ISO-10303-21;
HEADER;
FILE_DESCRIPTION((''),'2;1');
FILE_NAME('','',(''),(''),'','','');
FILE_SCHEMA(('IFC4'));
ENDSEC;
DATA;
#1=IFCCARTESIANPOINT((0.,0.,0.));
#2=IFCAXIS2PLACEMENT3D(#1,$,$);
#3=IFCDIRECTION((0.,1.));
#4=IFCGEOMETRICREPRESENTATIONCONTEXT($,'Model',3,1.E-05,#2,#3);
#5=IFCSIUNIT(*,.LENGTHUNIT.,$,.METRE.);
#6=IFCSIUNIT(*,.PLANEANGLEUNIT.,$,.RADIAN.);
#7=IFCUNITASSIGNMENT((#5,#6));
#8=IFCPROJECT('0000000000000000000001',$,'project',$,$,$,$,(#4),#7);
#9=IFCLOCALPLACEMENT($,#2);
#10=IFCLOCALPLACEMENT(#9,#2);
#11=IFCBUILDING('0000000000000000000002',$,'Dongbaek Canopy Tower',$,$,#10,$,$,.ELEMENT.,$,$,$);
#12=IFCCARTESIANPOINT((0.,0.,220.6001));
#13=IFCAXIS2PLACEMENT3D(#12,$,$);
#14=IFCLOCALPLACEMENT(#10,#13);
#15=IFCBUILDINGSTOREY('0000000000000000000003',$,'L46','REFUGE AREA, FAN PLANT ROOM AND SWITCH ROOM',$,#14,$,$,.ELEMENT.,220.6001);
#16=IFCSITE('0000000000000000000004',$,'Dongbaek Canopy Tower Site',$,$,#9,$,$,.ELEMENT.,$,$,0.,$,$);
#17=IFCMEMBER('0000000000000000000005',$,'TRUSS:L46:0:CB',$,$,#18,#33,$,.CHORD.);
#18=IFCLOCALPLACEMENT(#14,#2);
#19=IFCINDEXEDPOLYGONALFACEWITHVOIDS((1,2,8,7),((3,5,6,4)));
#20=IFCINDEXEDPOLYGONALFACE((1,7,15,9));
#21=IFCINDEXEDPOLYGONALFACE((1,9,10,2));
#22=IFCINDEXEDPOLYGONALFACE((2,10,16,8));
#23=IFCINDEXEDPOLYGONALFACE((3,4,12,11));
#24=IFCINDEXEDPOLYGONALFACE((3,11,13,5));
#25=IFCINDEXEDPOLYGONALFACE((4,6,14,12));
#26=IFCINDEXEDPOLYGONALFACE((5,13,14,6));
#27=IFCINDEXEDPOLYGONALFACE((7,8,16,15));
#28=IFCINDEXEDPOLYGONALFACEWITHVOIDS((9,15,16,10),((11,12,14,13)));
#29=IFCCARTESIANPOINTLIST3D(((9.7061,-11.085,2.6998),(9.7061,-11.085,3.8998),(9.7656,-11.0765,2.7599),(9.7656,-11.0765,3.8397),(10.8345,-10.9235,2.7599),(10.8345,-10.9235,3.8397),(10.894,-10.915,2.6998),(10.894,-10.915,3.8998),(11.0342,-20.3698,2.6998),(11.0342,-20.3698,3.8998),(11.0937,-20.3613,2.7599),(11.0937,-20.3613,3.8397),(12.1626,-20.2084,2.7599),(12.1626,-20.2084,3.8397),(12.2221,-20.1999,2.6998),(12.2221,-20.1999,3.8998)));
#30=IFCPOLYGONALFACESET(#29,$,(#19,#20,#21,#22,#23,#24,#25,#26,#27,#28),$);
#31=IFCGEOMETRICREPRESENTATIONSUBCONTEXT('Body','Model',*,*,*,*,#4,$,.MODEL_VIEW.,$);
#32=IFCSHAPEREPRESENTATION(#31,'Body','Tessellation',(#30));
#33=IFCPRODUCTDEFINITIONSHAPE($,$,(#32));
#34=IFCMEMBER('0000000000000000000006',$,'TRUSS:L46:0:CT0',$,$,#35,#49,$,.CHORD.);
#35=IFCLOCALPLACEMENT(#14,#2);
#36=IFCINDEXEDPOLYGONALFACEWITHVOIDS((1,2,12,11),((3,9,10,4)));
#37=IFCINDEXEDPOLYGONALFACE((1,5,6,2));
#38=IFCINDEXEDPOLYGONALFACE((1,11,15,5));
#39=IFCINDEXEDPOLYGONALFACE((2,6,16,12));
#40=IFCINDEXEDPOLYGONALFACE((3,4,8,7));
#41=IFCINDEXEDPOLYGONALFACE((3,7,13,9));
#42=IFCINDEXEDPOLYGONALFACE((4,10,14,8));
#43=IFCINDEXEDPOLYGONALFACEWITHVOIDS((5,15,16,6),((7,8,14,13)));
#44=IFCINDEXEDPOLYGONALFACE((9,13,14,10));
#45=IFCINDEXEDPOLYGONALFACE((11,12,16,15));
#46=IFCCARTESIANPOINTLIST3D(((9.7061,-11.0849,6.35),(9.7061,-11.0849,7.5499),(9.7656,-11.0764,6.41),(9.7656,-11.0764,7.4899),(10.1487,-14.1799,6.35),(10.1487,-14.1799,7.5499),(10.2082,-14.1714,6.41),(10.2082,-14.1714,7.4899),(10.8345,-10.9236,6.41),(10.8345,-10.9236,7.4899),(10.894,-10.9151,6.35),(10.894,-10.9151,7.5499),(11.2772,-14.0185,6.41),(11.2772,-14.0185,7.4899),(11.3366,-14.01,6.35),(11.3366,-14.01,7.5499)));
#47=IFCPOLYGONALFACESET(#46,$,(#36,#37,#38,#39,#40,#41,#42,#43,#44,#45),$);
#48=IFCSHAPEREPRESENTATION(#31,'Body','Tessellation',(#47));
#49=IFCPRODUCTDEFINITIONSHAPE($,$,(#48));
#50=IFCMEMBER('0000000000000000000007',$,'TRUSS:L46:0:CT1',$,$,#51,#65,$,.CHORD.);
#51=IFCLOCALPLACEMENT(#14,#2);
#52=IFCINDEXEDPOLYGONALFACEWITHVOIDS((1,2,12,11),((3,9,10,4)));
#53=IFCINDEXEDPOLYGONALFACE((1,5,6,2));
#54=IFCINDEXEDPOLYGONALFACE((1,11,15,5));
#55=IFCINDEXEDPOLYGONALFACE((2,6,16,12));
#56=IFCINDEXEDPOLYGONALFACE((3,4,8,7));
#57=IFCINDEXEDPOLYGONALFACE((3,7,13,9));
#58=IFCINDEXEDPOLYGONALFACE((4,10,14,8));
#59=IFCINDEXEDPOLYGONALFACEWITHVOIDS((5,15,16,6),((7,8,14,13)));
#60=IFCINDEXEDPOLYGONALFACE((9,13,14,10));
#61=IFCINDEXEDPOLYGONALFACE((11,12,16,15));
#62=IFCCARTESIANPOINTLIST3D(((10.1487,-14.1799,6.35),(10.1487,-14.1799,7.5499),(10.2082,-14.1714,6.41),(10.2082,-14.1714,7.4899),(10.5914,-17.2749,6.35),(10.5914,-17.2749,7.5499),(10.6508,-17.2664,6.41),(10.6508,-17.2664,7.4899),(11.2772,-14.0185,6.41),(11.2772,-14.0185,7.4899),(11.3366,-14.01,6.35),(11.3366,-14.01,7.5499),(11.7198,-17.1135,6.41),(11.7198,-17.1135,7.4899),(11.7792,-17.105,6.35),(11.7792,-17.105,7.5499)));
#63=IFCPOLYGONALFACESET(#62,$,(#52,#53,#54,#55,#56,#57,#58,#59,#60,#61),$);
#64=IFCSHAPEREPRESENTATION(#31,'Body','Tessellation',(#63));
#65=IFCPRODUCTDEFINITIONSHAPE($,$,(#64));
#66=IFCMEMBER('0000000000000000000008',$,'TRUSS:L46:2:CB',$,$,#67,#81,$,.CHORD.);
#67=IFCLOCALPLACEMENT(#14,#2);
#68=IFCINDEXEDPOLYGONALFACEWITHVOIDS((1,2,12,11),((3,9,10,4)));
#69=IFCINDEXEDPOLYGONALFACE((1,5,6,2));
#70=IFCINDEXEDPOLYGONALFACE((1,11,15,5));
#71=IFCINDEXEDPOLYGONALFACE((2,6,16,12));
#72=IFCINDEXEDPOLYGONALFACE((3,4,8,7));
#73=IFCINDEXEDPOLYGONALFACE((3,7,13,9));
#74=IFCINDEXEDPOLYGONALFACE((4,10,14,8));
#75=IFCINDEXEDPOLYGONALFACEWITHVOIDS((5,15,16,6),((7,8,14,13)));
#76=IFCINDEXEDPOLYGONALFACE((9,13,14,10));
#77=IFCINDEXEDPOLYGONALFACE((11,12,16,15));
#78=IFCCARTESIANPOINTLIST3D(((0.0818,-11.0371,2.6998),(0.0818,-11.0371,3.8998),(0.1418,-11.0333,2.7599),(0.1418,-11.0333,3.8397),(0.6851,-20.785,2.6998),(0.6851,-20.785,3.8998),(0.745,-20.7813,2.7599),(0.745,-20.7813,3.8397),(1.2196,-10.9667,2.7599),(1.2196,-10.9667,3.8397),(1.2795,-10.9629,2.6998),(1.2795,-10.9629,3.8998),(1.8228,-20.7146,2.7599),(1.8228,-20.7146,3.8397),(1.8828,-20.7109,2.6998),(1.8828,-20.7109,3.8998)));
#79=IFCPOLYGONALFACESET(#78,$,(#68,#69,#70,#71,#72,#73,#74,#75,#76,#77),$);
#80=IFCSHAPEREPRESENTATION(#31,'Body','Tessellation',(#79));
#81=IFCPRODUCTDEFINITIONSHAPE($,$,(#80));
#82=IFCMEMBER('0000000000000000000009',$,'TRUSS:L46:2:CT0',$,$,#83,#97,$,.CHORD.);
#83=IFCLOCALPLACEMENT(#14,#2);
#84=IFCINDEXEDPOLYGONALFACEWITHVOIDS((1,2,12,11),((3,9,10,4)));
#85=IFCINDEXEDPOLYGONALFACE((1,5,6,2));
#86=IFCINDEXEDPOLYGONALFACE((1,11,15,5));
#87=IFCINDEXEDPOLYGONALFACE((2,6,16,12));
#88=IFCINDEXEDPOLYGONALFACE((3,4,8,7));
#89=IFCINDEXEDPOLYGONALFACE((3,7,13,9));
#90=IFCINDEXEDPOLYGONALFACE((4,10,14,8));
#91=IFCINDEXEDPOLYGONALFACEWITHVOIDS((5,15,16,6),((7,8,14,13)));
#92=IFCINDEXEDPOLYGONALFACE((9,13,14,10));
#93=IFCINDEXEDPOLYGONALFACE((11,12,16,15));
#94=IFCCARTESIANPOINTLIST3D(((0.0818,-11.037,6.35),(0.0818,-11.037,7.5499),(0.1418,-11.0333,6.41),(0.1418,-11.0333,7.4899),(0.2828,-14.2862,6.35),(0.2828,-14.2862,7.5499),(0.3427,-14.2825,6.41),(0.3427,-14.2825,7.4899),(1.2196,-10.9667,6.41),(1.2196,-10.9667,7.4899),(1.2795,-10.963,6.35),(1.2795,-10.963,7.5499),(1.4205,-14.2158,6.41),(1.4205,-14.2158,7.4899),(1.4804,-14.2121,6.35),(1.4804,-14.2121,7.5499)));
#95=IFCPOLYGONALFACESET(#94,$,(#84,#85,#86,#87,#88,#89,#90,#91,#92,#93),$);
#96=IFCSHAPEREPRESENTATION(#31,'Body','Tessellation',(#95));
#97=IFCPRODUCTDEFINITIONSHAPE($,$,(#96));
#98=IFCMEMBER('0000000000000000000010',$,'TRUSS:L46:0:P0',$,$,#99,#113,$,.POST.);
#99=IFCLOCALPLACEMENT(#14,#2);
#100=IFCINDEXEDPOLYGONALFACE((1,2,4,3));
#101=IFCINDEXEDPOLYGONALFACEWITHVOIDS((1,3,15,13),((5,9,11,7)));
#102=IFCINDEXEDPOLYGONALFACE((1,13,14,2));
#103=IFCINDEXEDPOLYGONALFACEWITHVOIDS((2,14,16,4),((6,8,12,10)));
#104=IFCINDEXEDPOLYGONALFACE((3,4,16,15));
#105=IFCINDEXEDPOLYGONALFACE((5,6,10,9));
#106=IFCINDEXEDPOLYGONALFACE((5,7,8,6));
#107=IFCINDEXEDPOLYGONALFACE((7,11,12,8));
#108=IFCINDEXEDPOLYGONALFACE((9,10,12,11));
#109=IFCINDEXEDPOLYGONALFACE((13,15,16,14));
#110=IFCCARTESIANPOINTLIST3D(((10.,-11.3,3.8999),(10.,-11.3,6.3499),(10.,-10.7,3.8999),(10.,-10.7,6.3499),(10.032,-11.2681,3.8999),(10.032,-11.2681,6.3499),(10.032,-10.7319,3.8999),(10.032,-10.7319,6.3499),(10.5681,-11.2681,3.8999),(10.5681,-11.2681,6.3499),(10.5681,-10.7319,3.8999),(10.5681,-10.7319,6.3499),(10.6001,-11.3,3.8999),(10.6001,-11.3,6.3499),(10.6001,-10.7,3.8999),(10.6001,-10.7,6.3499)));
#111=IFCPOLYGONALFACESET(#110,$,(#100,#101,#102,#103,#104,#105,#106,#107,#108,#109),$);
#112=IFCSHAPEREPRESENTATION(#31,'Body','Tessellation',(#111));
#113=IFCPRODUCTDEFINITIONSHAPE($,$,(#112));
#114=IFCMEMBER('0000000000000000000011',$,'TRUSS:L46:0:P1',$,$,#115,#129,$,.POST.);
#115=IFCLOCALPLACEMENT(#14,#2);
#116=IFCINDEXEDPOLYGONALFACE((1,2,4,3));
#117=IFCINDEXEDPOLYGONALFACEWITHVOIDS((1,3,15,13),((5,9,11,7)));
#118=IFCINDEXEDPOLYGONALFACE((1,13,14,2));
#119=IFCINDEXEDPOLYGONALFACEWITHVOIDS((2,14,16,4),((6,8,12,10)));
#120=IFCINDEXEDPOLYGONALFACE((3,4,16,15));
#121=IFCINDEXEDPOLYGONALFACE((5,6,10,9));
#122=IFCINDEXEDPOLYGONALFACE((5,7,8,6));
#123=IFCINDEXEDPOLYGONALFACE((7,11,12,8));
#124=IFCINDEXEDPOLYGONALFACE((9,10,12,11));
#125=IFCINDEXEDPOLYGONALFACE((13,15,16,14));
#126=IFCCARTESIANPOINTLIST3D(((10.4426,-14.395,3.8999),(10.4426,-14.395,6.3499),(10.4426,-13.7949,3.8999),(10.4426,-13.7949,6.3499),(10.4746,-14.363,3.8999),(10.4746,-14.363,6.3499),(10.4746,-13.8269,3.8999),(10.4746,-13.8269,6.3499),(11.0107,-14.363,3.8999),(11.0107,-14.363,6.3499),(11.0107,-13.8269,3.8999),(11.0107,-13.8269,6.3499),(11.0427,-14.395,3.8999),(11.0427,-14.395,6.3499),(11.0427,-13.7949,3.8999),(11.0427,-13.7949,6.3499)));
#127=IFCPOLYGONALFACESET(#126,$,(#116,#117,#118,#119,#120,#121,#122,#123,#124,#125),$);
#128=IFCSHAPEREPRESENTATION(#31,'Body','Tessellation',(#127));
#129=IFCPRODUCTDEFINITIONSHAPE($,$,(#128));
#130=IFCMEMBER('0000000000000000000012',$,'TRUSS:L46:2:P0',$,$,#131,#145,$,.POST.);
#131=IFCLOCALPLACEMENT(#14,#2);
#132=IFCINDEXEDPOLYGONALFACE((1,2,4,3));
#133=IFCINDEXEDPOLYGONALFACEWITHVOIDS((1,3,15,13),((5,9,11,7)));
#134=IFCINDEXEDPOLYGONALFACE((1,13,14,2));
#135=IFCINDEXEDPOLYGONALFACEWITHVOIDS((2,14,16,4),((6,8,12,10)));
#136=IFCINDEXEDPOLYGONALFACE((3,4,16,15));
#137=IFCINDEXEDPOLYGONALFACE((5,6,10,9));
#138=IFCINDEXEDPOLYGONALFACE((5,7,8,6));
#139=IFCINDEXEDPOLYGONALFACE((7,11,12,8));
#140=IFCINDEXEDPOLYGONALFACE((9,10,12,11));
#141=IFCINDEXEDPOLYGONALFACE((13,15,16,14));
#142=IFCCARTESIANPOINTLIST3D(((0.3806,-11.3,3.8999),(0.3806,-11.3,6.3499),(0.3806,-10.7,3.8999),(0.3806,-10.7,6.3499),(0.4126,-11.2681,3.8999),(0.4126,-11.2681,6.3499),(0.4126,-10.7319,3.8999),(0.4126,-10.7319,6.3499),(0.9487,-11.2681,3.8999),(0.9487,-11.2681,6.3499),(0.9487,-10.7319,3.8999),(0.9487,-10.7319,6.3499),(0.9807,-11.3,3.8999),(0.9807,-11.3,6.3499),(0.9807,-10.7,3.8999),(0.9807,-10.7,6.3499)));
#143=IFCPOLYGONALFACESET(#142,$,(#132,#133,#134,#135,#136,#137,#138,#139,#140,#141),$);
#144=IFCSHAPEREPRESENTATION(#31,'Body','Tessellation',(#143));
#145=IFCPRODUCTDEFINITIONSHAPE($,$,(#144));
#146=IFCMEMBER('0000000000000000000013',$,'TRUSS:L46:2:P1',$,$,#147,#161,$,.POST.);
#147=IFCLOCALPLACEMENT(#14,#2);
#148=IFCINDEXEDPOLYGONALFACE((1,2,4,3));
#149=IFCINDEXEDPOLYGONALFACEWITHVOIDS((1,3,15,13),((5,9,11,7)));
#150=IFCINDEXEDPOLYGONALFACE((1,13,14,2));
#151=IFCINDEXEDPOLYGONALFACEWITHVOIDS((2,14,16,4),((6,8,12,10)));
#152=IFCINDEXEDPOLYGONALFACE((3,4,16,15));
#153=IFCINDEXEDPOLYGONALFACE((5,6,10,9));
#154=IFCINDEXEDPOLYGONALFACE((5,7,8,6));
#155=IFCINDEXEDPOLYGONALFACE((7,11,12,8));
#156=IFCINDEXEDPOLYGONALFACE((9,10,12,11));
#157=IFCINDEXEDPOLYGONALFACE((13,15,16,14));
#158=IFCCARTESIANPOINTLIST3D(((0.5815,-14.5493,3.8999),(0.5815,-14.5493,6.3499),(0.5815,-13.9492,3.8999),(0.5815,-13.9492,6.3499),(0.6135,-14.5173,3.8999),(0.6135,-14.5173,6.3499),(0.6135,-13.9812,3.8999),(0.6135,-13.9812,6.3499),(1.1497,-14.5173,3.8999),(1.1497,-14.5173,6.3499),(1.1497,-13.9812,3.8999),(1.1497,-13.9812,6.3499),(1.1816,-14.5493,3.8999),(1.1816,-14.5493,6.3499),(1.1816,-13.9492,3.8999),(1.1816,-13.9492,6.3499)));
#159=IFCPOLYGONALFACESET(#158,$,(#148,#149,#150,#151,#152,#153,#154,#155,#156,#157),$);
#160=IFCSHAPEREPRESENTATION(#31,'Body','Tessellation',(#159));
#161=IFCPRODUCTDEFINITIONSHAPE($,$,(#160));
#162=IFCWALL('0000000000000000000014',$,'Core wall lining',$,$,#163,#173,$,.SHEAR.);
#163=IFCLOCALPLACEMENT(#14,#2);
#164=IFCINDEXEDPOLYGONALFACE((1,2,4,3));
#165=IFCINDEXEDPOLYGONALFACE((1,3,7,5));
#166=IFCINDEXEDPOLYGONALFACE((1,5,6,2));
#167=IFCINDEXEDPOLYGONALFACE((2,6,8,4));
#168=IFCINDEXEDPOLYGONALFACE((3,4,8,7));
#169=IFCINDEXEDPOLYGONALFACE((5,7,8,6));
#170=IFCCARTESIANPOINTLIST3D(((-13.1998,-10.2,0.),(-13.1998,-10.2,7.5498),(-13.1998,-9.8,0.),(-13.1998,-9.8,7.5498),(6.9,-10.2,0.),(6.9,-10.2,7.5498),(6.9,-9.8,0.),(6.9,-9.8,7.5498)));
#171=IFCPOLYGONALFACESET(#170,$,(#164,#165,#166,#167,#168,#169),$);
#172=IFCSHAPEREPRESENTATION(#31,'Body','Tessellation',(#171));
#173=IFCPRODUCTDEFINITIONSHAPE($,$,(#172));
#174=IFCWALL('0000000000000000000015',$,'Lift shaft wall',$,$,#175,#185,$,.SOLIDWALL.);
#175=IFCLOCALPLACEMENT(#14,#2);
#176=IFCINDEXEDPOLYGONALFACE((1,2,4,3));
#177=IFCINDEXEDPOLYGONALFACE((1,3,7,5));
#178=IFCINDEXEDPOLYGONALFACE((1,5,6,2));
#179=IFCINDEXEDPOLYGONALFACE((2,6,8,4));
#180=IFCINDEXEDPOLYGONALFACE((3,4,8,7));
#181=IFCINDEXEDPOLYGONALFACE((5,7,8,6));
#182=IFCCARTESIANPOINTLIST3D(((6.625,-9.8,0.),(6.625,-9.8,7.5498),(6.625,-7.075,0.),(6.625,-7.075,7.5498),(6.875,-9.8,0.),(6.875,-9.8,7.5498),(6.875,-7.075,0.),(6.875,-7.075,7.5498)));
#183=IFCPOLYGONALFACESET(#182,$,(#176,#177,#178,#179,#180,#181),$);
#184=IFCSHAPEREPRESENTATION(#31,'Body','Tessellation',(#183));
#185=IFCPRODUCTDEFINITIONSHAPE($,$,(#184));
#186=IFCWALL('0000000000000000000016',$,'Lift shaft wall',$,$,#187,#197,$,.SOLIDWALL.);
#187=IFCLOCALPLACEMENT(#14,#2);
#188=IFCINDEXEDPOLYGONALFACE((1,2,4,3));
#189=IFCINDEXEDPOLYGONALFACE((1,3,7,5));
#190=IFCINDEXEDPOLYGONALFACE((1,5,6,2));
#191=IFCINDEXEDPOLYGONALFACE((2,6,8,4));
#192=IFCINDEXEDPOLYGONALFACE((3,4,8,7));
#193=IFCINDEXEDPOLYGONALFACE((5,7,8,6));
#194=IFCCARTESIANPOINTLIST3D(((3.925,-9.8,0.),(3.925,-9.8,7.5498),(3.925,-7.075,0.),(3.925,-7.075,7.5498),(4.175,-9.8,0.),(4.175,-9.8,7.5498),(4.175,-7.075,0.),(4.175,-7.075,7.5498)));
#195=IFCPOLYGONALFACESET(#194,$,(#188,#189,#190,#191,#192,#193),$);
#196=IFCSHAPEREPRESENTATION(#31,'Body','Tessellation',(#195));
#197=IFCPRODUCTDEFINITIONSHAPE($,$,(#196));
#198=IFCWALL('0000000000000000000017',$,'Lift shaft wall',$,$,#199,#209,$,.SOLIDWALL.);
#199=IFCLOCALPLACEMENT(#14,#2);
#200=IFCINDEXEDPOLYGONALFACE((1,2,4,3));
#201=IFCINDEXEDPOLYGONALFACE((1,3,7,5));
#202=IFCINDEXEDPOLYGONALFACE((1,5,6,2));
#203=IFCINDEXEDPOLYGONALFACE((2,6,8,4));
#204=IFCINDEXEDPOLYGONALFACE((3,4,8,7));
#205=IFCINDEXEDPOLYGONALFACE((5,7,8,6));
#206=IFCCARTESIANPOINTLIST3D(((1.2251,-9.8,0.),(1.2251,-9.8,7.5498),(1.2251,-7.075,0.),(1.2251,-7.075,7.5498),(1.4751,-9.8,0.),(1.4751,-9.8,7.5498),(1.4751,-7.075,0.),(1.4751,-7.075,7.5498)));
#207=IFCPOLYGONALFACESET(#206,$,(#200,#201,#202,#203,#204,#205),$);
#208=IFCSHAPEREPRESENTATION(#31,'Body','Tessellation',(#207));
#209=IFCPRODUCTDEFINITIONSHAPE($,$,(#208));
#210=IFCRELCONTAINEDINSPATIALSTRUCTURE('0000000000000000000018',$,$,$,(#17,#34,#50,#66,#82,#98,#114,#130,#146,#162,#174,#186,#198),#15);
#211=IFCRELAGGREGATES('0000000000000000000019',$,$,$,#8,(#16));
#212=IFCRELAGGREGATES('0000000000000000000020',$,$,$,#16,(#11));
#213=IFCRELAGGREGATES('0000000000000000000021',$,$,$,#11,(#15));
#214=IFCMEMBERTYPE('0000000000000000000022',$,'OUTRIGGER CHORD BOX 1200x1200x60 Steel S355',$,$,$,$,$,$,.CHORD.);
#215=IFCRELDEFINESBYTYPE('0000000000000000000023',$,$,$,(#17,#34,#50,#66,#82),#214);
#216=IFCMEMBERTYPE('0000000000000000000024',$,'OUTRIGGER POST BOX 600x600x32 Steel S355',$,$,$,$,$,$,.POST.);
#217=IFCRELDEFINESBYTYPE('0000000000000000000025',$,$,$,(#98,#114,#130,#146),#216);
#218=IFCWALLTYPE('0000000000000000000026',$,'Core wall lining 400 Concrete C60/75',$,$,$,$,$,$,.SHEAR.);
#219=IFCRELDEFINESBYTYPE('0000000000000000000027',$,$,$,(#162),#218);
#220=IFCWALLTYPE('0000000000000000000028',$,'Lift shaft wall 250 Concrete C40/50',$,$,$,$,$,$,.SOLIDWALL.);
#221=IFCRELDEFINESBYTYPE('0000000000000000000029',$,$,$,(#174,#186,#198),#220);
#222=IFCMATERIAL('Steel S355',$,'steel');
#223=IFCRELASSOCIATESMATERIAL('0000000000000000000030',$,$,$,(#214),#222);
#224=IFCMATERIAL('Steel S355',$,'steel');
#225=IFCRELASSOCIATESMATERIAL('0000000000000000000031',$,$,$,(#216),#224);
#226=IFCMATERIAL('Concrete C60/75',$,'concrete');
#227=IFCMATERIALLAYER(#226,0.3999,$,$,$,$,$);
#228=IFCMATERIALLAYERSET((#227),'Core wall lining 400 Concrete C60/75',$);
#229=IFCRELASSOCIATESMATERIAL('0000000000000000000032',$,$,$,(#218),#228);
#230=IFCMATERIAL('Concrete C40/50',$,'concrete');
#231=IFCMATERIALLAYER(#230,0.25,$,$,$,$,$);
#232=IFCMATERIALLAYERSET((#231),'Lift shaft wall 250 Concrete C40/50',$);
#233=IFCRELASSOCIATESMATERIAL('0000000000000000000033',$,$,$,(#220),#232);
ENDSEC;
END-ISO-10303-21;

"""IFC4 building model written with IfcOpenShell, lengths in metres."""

from ifc_helpers import new_model, si_unit, direction, frame, frame_2d, origin, origin_2d, place, context, subcontext, project, spatial, rectangle, hollow_rectangle, extrude, material, layer, layer_set, material_profile, profile_set, type_object, element, save


model = new_model("IFC4")

# Units and contexts
model_context = context("Model", 3, precision=1e-05, world=origin(), true_north=direction((0.0, 1.0)))
body_context = subcontext(model_context, "Body", "Model", "MODEL_VIEW")
ifc_project = project(units=[si_unit("LENGTHUNIT", "METRE"), si_unit("PLANEANGLEUNIT", "RADIAN")], contexts=[model_context])

# Site, building, storey
site_placement = place(None, origin())
site = spatial("IfcSite", under=ifc_project, at=site_placement, Name="Dongbaek Canopy Tower Site", CompositionType="ELEMENT", RefElevation=0.0)
building_placement = place(site_placement, origin())
building = spatial("IfcBuilding", under=site, at=building_placement, Name="Dongbaek Canopy Tower", CompositionType="ELEMENT")
storey_placement = place(building_placement, frame((0.0, 0.0, 220.6001)))
storey = spatial("IfcBuildingStorey", under=building, at=storey_placement, Name="L46", Description="REFUGE AREA, FAN PLANT ROOM AND SWITCH ROOM", CompositionType="ELEMENT", Elevation=220.6001)

# Members
ifc_material_1 = material(Name="Steel S355", Category="steel")
ifc_material_profile_1 = material_profile(ifc_material_1, hollow_rectangle(XDim=1.2, YDim=1.2, WallThickness=0.0601, at=origin_2d()), Name="OUTRIGGER CHORD BOX 1200x1200x60 Steel S355")
ifc_profile_set_1 = profile_set([ifc_material_profile_1], Name="Steel S355")
member_type_1 = type_object("IfcMemberType", Name="OUTRIGGER CHORD BOX 1200x1200x60 Steel S355", PredefinedType="CHORD", material=ifc_profile_set_1)
member_1_placement = place(storey_placement, frame((10.3, -11.0, 3.2998), z_axis=(0.1416, -0.989924, 0.0), x_axis=(0.989924, 0.1416, 0.0)))
element("IfcMember", 1, at=member_1_placement, inside=storey, type_object=member_type_1, Name="TRUSS:L46:0:CB", PredefinedType="CHORD", context=body_context, shape_type="SweptSolid", body=[
    extrude(hollow_rectangle(XDim=1.2, YDim=1.2, WallThickness=0.0601, at=origin_2d()), origin(), (0.0, 0.0, 1.0), 9.3794),
])
for number, where, z_axis, x_axis, name in (
    (2, (10.3, -11.0, 6.95), (0.141574, -0.989928, 0.0), (0.989928, 0.141574, 0.0), "TRUSS:L46:0:CT0"),
    (3, (10.7427, -14.095, 6.95), (0.141574, -0.989928, 0.0), (0.989928, 0.141574, 0.0), "TRUSS:L46:0:CT1"),
):
    element("IfcMember", number, at=place(storey_placement, frame(where, z_axis=z_axis, x_axis=x_axis)), inside=storey, type_object=member_type_1, Name=name, PredefinedType="CHORD", context=body_context, shape_type="SweptSolid", body=[
        extrude(hollow_rectangle(XDim=1.2, YDim=1.2, WallThickness=0.0601, at=origin_2d()), origin(), (0.0, 0.0, 1.0), 3.1265),
    ])
member_2_placement = place(storey_placement, frame((0.6807, -11.0, 3.2998), z_axis=(0.061768, -0.998091, 0.0), x_axis=(0.998091, 0.061768, 0.0)))
element("IfcMember", 4, at=member_2_placement, inside=storey, type_object=member_type_1, Name="TRUSS:L46:2:CB", PredefinedType="CHORD", context=body_context, shape_type="SweptSolid", body=[
    extrude(hollow_rectangle(XDim=1.2, YDim=1.2, WallThickness=0.0601, at=origin_2d()), origin(), (0.0, 0.0, 1.0), 9.7666),
])
member_3_placement = place(storey_placement, frame((0.6807, -11.0, 6.95), z_axis=(0.06172, -0.998094, 0.0), x_axis=(0.998094, 0.06172, 0.0)))
element("IfcMember", 5, at=member_3_placement, inside=storey, type_object=member_type_1, Name="TRUSS:L46:2:CT0", PredefinedType="CHORD", context=body_context, shape_type="SweptSolid", body=[
    extrude(hollow_rectangle(XDim=1.2, YDim=1.2, WallThickness=0.0601, at=origin_2d()), origin(), (0.0, 0.0, 1.0), 3.2554),
])
ifc_material_2 = material(Name="Steel S355", Category="steel")
ifc_material_profile_2 = material_profile(ifc_material_2, hollow_rectangle(XDim=0.6001, YDim=0.6001, WallThickness=0.032, at=origin_2d()), Name="OUTRIGGER POST BOX 600x600x32 Steel S355")
ifc_profile_set_2 = profile_set([ifc_material_profile_2], Name="Steel S355")
member_type_2 = type_object("IfcMemberType", Name="OUTRIGGER POST BOX 600x600x32 Steel S355", PredefinedType="POST", material=ifc_profile_set_2)
for number, where, z_axis, x_axis, name in (
    (6, (10.3, -11.0, 3.8999), (0.0, 0.0, 1.0), (1.0, 0.0, 0.0), "TRUSS:L46:0:P0"),
    (7, (10.7427, -14.095, 3.8999), (0.0, 0.0, 1.0), (1.0, 0.0, 0.0), "TRUSS:L46:0:P1"),
    (8, (0.6807, -11.0, 3.8999), (0.0, 0.0, 1.0), (1.0, 0.0, 0.0), "TRUSS:L46:2:P0"),
    (9, (0.8816, -14.2493, 3.8999), (0.0, 0.0, 1.0), (1.0, 0.0, 0.0), "TRUSS:L46:2:P1"),
):
    element("IfcMember", number, at=place(storey_placement, frame(where, z_axis=z_axis, x_axis=x_axis)), inside=storey, type_object=member_type_2, Name=name, PredefinedType="POST", context=body_context, shape_type="SweptSolid", body=[
        extrude(hollow_rectangle(XDim=0.6001, YDim=0.6001, WallThickness=0.032, at=origin_2d()), origin(), (0.0, 0.0, 1.0), 2.45),
    ])

# Walls
ifc_material_3 = material(Name="Concrete C60/75", Category="concrete")
ifc_layer_1 = layer(ifc_material_3, 0.3999)
ifc_layer_set_1 = layer_set([ifc_layer_1], Name="Core wall lining 400 Concrete C60/75")
wall_type_1 = type_object("IfcWallType", Name="Core wall lining 400 Concrete C60/75", PredefinedType="SHEAR", material=ifc_layer_set_1)
wall_placement = place(storey_placement, frame((6.8999, -10.0, 0.0), z_axis=(0.0, 0.0, 1.0), x_axis=(-1.0, 0.0, 0.0)))
element("IfcWall", 10, at=wall_placement, inside=storey, type_object=wall_type_1, Name="Core wall lining", PredefinedType="SHEAR", context=body_context, shape_type="SweptSolid", body=[
    extrude(rectangle(XDim=20.0999, YDim=0.3999, at=frame_2d((10.0498, 0.0))), origin(), (0.0, 0.0, 1.0), 7.5498),
])
ifc_material_4 = material(Name="Concrete C40/50", Category="concrete")
ifc_layer_2 = layer(ifc_material_4, 0.25)
ifc_layer_set_2 = layer_set([ifc_layer_2], Name="Lift shaft wall 250 Concrete C40/50")
wall_type_2 = type_object("IfcWallType", Name="Lift shaft wall 250 Concrete C40/50", PredefinedType="SOLIDWALL", material=ifc_layer_set_2)
for number, where, z_axis, x_axis, name in (
    (11, (6.75, -9.8, 0.0), (0.0, 0.0, 1.0), (0.0, 1.0, 0.0), "Lift shaft wall"),
    (12, (4.05, -9.8, 0.0), (0.0, 0.0, 1.0), (0.0, 1.0, 0.0), "Lift shaft wall"),
    (13, (1.3501, -9.8, 0.0), (0.0, 0.0, 1.0), (0.0, 1.0, 0.0), "Lift shaft wall"),
):
    element("IfcWall", number, at=place(storey_placement, frame(where, z_axis=z_axis, x_axis=x_axis)), inside=storey, type_object=wall_type_2, Name=name, PredefinedType="SOLIDWALL", context=body_context, shape_type="SweptSolid", body=[
        extrude(rectangle(XDim=2.7251, YDim=0.25, at=frame_2d((1.3625, 0.0))), origin(), (0.0, 0.0, 1.0), 7.5498),
    ])

save(model, "model.ifc")
